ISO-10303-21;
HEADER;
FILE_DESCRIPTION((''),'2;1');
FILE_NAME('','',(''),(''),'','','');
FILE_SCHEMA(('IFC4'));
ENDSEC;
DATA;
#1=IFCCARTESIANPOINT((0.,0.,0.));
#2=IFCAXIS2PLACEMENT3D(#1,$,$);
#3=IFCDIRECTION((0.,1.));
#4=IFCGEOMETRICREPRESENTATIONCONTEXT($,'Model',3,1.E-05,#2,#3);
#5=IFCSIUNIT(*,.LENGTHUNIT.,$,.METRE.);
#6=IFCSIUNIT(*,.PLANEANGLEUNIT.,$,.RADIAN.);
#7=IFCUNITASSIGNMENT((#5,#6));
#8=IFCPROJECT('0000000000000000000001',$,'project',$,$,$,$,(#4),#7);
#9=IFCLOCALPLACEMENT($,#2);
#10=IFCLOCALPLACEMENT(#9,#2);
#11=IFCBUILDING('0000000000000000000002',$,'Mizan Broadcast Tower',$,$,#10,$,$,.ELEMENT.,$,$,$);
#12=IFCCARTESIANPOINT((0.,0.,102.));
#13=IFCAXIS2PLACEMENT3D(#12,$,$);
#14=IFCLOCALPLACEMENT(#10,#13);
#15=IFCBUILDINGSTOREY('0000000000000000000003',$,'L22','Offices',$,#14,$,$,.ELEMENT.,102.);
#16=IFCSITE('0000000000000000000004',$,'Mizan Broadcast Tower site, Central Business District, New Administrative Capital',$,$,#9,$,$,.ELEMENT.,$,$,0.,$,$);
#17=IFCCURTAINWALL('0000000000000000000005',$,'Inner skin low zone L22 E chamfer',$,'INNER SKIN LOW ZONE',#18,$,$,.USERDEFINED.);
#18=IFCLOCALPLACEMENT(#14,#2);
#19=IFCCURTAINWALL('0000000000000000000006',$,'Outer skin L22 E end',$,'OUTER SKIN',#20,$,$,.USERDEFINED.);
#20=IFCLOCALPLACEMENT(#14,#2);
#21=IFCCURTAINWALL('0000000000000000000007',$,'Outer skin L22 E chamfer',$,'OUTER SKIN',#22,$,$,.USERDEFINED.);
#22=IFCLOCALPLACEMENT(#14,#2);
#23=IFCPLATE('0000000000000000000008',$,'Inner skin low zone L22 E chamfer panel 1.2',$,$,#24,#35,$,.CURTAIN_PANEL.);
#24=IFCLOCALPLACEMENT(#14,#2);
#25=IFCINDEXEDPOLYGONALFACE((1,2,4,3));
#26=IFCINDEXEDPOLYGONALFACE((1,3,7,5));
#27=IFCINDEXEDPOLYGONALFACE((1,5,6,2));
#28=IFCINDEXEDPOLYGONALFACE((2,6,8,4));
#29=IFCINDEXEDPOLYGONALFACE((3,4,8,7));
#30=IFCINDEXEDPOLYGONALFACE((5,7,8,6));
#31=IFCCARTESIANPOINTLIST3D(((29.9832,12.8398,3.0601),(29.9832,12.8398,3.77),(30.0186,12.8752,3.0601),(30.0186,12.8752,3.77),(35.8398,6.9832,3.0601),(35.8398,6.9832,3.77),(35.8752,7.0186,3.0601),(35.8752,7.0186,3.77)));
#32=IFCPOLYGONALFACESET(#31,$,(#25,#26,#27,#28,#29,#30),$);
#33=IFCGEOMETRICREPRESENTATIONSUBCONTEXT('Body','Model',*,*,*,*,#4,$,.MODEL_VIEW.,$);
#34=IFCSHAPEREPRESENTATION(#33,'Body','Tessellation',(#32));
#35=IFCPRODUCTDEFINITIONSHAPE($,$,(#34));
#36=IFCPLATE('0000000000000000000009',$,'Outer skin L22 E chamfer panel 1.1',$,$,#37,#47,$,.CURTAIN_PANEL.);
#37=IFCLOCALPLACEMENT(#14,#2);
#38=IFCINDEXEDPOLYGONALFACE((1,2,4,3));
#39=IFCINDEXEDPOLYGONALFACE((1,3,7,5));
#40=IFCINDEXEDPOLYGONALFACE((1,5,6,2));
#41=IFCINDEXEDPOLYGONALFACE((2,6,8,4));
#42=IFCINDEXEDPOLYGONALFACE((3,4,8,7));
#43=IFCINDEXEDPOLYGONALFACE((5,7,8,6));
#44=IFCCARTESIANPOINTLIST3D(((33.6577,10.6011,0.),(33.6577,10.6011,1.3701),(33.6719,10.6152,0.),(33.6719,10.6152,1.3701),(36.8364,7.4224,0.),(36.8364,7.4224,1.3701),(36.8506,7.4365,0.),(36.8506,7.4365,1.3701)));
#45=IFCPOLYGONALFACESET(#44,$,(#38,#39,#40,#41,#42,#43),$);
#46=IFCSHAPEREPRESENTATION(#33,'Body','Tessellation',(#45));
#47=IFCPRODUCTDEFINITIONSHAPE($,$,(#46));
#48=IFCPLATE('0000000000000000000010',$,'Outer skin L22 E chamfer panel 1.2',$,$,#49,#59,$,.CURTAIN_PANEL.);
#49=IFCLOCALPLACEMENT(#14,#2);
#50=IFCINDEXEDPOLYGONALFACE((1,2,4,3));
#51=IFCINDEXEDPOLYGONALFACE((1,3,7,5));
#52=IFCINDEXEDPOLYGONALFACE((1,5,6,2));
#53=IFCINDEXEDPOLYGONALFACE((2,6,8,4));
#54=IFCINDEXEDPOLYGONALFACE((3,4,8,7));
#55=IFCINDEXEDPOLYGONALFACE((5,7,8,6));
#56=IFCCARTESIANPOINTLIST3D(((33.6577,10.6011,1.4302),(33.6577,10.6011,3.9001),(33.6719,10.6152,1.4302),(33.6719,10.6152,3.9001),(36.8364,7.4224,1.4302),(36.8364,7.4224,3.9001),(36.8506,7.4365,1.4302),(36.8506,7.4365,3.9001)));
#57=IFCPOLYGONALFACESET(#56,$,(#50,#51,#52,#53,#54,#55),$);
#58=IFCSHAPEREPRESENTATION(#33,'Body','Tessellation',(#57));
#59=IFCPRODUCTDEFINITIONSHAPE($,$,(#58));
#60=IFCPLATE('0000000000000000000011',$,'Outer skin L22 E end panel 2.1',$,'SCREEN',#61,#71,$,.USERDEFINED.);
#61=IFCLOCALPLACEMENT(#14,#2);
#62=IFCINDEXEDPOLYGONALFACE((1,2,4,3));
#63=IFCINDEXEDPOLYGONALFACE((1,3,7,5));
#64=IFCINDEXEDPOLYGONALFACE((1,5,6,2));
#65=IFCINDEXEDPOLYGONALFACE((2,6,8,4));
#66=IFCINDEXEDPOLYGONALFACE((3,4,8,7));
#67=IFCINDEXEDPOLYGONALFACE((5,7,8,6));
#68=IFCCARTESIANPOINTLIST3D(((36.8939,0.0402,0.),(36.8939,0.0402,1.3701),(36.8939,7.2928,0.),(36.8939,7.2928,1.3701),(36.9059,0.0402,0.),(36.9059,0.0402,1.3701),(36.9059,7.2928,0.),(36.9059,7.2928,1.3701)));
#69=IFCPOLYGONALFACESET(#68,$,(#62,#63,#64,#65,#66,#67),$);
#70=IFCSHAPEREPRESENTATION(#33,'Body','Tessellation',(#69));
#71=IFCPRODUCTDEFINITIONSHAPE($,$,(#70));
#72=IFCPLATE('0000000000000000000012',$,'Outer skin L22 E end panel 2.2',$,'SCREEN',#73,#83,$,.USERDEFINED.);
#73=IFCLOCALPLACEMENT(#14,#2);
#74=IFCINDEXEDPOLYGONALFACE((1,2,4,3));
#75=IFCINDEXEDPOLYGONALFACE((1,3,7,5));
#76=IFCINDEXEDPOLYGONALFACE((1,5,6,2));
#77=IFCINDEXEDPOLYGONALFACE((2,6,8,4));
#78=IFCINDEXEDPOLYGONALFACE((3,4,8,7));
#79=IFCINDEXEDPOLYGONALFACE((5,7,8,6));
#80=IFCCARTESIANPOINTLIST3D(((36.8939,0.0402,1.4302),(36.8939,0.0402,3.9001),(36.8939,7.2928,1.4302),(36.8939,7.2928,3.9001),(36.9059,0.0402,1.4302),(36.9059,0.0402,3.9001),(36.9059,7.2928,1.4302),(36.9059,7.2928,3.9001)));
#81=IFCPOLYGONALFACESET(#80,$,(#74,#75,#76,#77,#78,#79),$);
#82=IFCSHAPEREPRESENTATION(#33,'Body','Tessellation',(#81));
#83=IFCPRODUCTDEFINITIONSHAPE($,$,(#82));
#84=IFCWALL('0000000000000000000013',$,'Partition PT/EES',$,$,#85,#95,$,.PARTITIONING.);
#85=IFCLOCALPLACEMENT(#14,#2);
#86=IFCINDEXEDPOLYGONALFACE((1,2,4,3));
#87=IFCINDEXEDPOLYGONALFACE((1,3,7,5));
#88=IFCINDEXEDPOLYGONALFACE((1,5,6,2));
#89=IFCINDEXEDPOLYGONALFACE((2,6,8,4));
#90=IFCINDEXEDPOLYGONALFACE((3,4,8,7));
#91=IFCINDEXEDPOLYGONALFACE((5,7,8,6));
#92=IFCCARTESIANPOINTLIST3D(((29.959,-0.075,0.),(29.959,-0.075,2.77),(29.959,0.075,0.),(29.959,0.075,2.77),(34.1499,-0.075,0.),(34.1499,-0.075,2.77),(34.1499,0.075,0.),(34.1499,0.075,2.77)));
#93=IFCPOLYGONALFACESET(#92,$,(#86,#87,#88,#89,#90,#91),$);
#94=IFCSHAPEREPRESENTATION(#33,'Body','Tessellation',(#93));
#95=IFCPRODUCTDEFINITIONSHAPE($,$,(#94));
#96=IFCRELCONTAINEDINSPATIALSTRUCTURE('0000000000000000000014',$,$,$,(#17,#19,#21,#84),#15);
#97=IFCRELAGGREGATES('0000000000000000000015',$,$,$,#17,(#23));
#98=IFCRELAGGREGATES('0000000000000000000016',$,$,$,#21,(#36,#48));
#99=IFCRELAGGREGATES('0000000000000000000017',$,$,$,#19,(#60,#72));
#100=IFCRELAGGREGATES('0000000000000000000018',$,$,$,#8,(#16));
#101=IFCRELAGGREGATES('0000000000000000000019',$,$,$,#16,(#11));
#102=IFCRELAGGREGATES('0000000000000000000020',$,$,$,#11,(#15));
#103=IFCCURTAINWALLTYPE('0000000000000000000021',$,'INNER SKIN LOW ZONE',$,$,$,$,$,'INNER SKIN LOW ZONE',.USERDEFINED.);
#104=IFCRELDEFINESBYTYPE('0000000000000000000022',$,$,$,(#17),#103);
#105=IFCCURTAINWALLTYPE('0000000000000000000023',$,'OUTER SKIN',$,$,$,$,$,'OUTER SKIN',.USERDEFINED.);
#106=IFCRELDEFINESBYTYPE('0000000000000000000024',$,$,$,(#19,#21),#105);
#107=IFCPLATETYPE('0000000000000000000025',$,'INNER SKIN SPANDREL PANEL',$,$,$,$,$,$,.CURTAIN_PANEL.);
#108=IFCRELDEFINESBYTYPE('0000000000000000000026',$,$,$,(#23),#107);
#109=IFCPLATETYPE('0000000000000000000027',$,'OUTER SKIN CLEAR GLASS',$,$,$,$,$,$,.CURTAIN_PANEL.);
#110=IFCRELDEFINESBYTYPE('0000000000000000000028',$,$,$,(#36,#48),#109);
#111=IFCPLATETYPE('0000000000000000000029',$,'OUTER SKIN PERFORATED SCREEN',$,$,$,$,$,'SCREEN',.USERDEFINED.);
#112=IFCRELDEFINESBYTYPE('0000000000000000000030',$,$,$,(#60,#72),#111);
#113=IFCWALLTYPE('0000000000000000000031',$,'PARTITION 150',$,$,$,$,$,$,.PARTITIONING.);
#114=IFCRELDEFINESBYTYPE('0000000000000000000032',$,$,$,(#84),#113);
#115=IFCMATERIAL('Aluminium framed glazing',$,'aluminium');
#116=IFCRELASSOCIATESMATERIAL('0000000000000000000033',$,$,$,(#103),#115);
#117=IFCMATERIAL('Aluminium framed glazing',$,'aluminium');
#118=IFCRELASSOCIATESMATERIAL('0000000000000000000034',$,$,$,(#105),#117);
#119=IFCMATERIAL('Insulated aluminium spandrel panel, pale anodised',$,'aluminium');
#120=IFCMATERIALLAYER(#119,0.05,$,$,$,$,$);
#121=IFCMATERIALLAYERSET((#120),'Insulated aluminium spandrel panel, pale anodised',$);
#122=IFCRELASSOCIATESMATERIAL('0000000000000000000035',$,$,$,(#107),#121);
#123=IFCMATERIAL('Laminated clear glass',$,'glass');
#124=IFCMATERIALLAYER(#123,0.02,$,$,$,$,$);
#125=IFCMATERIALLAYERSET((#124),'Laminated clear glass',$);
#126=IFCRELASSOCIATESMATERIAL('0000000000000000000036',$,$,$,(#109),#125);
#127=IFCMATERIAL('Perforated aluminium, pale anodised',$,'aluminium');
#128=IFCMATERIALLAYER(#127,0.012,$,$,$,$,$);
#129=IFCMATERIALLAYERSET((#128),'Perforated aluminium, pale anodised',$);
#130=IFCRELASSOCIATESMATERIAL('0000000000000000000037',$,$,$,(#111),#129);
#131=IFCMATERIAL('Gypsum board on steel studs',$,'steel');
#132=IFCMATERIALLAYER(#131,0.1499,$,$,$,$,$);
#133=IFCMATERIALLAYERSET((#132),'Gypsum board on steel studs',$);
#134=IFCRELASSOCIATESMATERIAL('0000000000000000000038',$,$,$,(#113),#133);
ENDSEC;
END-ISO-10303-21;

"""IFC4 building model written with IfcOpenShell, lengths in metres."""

from ifc_helpers import new_model, si_unit, direction, frame, frame_2d, origin, origin_2d, place, context, subcontext, project, spatial, rectangle, extrude, material, layer, layer_set, type_object, element, aggregate, save


model = new_model("IFC4")

# Units and contexts
model_context = context("Model", 3, precision=1e-05, world=origin(), true_north=direction((0.0, 1.0)))
body_context = subcontext(model_context, "Body", "Model", "MODEL_VIEW")
ifc_project = project(units=[si_unit("LENGTHUNIT", "METRE"), si_unit("PLANEANGLEUNIT", "RADIAN")], contexts=[model_context])

# Site, building, storey
site_placement = place(None, origin())
site = spatial("IfcSite", under=ifc_project, at=site_placement, Name="Mizan Broadcast Tower site, Central Business District, New Administrative Capital", CompositionType="ELEMENT", RefElevation=0.0)
building_placement = place(site_placement, origin())
building = spatial("IfcBuilding", under=site, at=building_placement, Name="Mizan Broadcast Tower", CompositionType="ELEMENT")
storey_placement = place(building_placement, frame((0.0, 0.0, 102.0)))
storey = spatial("IfcBuildingStorey", under=building, at=storey_placement, Name="L22", Description="Offices", CompositionType="ELEMENT", Elevation=102.0)

# Shared definitions
ifc_material_1 = material(Name="Aluminium framed glazing", Category="aluminium")
curtain_wall_type_1 = type_object("IfcCurtainWallType", Name="INNER SKIN LOW ZONE", ElementType="INNER SKIN LOW ZONE", PredefinedType="USERDEFINED", material=ifc_material_1)

# Curtain wall
curtain_wall_1_placement = place(storey_placement, origin())
curtain_wall_1 = element("IfcCurtainWall", 1, at=curtain_wall_1_placement, inside=storey, type_object=curtain_wall_type_1, Name="Inner skin low zone L22 E chamfer", ObjectType="INNER SKIN LOW ZONE", PredefinedType="USERDEFINED")

# Curtain wall
ifc_material_2 = material(Name="Aluminium framed glazing", Category="aluminium")
curtain_wall_type_2 = type_object("IfcCurtainWallType", Name="OUTER SKIN", ElementType="OUTER SKIN", PredefinedType="USERDEFINED", material=ifc_material_2)
curtain_wall_2_placement = place(storey_placement, origin())
curtain_wall_2 = element("IfcCurtainWall", 2, at=curtain_wall_2_placement, inside=storey, type_object=curtain_wall_type_2, Name="Outer skin L22 E end", ObjectType="OUTER SKIN", PredefinedType="USERDEFINED")

# Curtain wall
curtain_wall_3_placement = place(storey_placement, origin())
curtain_wall_3 = element("IfcCurtainWall", 3, at=curtain_wall_3_placement, inside=storey, type_object=curtain_wall_type_2, Name="Outer skin L22 E chamfer", ObjectType="OUTER SKIN", PredefinedType="USERDEFINED")

# Plates
ifc_material_3 = material(Name="Insulated aluminium spandrel panel, pale anodised", Category="aluminium")
ifc_layer_1 = layer(ifc_material_3, 0.05)
ifc_layer_set_1 = layer_set([ifc_layer_1], Name="Insulated aluminium spandrel panel, pale anodised")
plate_type_1 = type_object("IfcPlateType", Name="INNER SKIN SPANDREL PANEL", PredefinedType="CURTAIN_PANEL", material=ifc_layer_set_1)
plate_1_placement = place(storey_placement, frame((32.9292, 9.9292, 3.0601), z_axis=(0.0, 0.0, 1.0), x_axis=(-0.707107, 0.707107, 0.0)))
plate_1 = element("IfcPlate", 4, at=plate_1_placement, type_object=plate_type_1, Name="Inner skin low zone L22 E chamfer panel 1.2", PredefinedType="CURTAIN_PANEL", context=body_context, shape_type="SweptSolid", body=[
    extrude(rectangle(XDim=8.2825, YDim=0.05, at=origin_2d()), origin(), (0.0, 0.0, 1.0), 0.71),
])
aggregate(curtain_wall_1, [plate_1])
ifc_material_4 = material(Name="Laminated clear glass", Category="glass")
ifc_layer_2 = layer(ifc_material_4, 0.02)
ifc_layer_set_2 = layer_set([ifc_layer_2], Name="Laminated clear glass")
plate_type_2 = type_object("IfcPlateType", Name="OUTER SKIN CLEAR GLASS", PredefinedType="CURTAIN_PANEL", material=ifc_layer_set_2)
plate_2_placement = place(storey_placement, frame((35.2542, 9.0188, 0.0), z_axis=(0.0, 0.0, 1.0), x_axis=(-0.707107, 0.707107, 0.0)))
plate_2 = element("IfcPlate", 5, at=plate_2_placement, type_object=plate_type_2, Name="Outer skin L22 E chamfer panel 1.1", PredefinedType="CURTAIN_PANEL", context=body_context, shape_type="SweptSolid", body=[
    extrude(rectangle(XDim=4.4954, YDim=0.02, at=origin_2d()), origin(), (0.0, 0.0, 1.0), 1.3701),
])
plate_3_placement = place(storey_placement, frame((35.2542, 9.0188, 1.4302), z_axis=(0.0, 0.0, 1.0), x_axis=(-0.707107, 0.707107, 0.0)))
plate_3 = element("IfcPlate", 6, at=plate_3_placement, type_object=plate_type_2, Name="Outer skin L22 E chamfer panel 1.2", PredefinedType="CURTAIN_PANEL", context=body_context, shape_type="SweptSolid", body=[
    extrude(rectangle(XDim=4.4954, YDim=0.02, at=origin_2d()), origin(), (0.0, 0.0, 1.0), 2.47),
])
aggregate(curtain_wall_3, [plate_2, plate_3])
ifc_material_5 = material(Name="Perforated aluminium, pale anodised", Category="aluminium")
ifc_layer_3 = layer(ifc_material_5, 0.012)
ifc_layer_set_3 = layer_set([ifc_layer_3], Name="Perforated aluminium, pale anodised")
plate_type_3 = type_object("IfcPlateType", Name="OUTER SKIN PERFORATED SCREEN", ElementType="SCREEN", PredefinedType="USERDEFINED", material=ifc_layer_set_3)
plate_4_placement = place(storey_placement, frame((36.8999, 3.6665, 0.0), z_axis=(0.0, 0.0, 1.0), x_axis=(0.0, 1.0, 0.0)))
plate_4 = element("IfcPlate", 7, at=plate_4_placement, type_object=plate_type_3, Name="Outer skin L22 E end panel 2.1", ObjectType="SCREEN", PredefinedType="USERDEFINED", context=body_context, shape_type="SweptSolid", body=[
    extrude(rectangle(XDim=7.2527, YDim=0.012, at=origin_2d()), origin(), (0.0, 0.0, 1.0), 1.3701),
])
plate_5_placement = place(storey_placement, frame((36.8999, 3.6665, 1.4302), z_axis=(0.0, 0.0, 1.0), x_axis=(0.0, 1.0, 0.0)))
plate_5 = element("IfcPlate", 8, at=plate_5_placement, type_object=plate_type_3, Name="Outer skin L22 E end panel 2.2", ObjectType="SCREEN", PredefinedType="USERDEFINED", context=body_context, shape_type="SweptSolid", body=[
    extrude(rectangle(XDim=7.2527, YDim=0.012, at=origin_2d()), origin(), (0.0, 0.0, 1.0), 2.47),
])
aggregate(curtain_wall_2, [plate_4, plate_5])

# Wall
ifc_material_6 = material(Name="Gypsum board on steel studs", Category="steel")
ifc_layer_4 = layer(ifc_material_6, 0.1499)
ifc_layer_set_4 = layer_set([ifc_layer_4], Name="Gypsum board on steel studs")
wall_type = type_object("IfcWallType", Name="PARTITION 150", PredefinedType="PARTITIONING", material=ifc_layer_set_4)
wall_placement = place(storey_placement, frame((29.959, 0.0, 0.0), z_axis=(0.0, 0.0, 1.0), x_axis=(1.0, 0.0, 0.0)))
element("IfcWall", 9, at=wall_placement, inside=storey, type_object=wall_type, Name="Partition PT/EES", PredefinedType="PARTITIONING", context=body_context, shape_type="SweptSolid", body=[
    extrude(rectangle(XDim=4.1909, YDim=0.1499, at=frame_2d((2.0955, 0.0))), origin(), (0.0, 0.0, 1.0), 2.77),
])

save(model, "model.ifc")
